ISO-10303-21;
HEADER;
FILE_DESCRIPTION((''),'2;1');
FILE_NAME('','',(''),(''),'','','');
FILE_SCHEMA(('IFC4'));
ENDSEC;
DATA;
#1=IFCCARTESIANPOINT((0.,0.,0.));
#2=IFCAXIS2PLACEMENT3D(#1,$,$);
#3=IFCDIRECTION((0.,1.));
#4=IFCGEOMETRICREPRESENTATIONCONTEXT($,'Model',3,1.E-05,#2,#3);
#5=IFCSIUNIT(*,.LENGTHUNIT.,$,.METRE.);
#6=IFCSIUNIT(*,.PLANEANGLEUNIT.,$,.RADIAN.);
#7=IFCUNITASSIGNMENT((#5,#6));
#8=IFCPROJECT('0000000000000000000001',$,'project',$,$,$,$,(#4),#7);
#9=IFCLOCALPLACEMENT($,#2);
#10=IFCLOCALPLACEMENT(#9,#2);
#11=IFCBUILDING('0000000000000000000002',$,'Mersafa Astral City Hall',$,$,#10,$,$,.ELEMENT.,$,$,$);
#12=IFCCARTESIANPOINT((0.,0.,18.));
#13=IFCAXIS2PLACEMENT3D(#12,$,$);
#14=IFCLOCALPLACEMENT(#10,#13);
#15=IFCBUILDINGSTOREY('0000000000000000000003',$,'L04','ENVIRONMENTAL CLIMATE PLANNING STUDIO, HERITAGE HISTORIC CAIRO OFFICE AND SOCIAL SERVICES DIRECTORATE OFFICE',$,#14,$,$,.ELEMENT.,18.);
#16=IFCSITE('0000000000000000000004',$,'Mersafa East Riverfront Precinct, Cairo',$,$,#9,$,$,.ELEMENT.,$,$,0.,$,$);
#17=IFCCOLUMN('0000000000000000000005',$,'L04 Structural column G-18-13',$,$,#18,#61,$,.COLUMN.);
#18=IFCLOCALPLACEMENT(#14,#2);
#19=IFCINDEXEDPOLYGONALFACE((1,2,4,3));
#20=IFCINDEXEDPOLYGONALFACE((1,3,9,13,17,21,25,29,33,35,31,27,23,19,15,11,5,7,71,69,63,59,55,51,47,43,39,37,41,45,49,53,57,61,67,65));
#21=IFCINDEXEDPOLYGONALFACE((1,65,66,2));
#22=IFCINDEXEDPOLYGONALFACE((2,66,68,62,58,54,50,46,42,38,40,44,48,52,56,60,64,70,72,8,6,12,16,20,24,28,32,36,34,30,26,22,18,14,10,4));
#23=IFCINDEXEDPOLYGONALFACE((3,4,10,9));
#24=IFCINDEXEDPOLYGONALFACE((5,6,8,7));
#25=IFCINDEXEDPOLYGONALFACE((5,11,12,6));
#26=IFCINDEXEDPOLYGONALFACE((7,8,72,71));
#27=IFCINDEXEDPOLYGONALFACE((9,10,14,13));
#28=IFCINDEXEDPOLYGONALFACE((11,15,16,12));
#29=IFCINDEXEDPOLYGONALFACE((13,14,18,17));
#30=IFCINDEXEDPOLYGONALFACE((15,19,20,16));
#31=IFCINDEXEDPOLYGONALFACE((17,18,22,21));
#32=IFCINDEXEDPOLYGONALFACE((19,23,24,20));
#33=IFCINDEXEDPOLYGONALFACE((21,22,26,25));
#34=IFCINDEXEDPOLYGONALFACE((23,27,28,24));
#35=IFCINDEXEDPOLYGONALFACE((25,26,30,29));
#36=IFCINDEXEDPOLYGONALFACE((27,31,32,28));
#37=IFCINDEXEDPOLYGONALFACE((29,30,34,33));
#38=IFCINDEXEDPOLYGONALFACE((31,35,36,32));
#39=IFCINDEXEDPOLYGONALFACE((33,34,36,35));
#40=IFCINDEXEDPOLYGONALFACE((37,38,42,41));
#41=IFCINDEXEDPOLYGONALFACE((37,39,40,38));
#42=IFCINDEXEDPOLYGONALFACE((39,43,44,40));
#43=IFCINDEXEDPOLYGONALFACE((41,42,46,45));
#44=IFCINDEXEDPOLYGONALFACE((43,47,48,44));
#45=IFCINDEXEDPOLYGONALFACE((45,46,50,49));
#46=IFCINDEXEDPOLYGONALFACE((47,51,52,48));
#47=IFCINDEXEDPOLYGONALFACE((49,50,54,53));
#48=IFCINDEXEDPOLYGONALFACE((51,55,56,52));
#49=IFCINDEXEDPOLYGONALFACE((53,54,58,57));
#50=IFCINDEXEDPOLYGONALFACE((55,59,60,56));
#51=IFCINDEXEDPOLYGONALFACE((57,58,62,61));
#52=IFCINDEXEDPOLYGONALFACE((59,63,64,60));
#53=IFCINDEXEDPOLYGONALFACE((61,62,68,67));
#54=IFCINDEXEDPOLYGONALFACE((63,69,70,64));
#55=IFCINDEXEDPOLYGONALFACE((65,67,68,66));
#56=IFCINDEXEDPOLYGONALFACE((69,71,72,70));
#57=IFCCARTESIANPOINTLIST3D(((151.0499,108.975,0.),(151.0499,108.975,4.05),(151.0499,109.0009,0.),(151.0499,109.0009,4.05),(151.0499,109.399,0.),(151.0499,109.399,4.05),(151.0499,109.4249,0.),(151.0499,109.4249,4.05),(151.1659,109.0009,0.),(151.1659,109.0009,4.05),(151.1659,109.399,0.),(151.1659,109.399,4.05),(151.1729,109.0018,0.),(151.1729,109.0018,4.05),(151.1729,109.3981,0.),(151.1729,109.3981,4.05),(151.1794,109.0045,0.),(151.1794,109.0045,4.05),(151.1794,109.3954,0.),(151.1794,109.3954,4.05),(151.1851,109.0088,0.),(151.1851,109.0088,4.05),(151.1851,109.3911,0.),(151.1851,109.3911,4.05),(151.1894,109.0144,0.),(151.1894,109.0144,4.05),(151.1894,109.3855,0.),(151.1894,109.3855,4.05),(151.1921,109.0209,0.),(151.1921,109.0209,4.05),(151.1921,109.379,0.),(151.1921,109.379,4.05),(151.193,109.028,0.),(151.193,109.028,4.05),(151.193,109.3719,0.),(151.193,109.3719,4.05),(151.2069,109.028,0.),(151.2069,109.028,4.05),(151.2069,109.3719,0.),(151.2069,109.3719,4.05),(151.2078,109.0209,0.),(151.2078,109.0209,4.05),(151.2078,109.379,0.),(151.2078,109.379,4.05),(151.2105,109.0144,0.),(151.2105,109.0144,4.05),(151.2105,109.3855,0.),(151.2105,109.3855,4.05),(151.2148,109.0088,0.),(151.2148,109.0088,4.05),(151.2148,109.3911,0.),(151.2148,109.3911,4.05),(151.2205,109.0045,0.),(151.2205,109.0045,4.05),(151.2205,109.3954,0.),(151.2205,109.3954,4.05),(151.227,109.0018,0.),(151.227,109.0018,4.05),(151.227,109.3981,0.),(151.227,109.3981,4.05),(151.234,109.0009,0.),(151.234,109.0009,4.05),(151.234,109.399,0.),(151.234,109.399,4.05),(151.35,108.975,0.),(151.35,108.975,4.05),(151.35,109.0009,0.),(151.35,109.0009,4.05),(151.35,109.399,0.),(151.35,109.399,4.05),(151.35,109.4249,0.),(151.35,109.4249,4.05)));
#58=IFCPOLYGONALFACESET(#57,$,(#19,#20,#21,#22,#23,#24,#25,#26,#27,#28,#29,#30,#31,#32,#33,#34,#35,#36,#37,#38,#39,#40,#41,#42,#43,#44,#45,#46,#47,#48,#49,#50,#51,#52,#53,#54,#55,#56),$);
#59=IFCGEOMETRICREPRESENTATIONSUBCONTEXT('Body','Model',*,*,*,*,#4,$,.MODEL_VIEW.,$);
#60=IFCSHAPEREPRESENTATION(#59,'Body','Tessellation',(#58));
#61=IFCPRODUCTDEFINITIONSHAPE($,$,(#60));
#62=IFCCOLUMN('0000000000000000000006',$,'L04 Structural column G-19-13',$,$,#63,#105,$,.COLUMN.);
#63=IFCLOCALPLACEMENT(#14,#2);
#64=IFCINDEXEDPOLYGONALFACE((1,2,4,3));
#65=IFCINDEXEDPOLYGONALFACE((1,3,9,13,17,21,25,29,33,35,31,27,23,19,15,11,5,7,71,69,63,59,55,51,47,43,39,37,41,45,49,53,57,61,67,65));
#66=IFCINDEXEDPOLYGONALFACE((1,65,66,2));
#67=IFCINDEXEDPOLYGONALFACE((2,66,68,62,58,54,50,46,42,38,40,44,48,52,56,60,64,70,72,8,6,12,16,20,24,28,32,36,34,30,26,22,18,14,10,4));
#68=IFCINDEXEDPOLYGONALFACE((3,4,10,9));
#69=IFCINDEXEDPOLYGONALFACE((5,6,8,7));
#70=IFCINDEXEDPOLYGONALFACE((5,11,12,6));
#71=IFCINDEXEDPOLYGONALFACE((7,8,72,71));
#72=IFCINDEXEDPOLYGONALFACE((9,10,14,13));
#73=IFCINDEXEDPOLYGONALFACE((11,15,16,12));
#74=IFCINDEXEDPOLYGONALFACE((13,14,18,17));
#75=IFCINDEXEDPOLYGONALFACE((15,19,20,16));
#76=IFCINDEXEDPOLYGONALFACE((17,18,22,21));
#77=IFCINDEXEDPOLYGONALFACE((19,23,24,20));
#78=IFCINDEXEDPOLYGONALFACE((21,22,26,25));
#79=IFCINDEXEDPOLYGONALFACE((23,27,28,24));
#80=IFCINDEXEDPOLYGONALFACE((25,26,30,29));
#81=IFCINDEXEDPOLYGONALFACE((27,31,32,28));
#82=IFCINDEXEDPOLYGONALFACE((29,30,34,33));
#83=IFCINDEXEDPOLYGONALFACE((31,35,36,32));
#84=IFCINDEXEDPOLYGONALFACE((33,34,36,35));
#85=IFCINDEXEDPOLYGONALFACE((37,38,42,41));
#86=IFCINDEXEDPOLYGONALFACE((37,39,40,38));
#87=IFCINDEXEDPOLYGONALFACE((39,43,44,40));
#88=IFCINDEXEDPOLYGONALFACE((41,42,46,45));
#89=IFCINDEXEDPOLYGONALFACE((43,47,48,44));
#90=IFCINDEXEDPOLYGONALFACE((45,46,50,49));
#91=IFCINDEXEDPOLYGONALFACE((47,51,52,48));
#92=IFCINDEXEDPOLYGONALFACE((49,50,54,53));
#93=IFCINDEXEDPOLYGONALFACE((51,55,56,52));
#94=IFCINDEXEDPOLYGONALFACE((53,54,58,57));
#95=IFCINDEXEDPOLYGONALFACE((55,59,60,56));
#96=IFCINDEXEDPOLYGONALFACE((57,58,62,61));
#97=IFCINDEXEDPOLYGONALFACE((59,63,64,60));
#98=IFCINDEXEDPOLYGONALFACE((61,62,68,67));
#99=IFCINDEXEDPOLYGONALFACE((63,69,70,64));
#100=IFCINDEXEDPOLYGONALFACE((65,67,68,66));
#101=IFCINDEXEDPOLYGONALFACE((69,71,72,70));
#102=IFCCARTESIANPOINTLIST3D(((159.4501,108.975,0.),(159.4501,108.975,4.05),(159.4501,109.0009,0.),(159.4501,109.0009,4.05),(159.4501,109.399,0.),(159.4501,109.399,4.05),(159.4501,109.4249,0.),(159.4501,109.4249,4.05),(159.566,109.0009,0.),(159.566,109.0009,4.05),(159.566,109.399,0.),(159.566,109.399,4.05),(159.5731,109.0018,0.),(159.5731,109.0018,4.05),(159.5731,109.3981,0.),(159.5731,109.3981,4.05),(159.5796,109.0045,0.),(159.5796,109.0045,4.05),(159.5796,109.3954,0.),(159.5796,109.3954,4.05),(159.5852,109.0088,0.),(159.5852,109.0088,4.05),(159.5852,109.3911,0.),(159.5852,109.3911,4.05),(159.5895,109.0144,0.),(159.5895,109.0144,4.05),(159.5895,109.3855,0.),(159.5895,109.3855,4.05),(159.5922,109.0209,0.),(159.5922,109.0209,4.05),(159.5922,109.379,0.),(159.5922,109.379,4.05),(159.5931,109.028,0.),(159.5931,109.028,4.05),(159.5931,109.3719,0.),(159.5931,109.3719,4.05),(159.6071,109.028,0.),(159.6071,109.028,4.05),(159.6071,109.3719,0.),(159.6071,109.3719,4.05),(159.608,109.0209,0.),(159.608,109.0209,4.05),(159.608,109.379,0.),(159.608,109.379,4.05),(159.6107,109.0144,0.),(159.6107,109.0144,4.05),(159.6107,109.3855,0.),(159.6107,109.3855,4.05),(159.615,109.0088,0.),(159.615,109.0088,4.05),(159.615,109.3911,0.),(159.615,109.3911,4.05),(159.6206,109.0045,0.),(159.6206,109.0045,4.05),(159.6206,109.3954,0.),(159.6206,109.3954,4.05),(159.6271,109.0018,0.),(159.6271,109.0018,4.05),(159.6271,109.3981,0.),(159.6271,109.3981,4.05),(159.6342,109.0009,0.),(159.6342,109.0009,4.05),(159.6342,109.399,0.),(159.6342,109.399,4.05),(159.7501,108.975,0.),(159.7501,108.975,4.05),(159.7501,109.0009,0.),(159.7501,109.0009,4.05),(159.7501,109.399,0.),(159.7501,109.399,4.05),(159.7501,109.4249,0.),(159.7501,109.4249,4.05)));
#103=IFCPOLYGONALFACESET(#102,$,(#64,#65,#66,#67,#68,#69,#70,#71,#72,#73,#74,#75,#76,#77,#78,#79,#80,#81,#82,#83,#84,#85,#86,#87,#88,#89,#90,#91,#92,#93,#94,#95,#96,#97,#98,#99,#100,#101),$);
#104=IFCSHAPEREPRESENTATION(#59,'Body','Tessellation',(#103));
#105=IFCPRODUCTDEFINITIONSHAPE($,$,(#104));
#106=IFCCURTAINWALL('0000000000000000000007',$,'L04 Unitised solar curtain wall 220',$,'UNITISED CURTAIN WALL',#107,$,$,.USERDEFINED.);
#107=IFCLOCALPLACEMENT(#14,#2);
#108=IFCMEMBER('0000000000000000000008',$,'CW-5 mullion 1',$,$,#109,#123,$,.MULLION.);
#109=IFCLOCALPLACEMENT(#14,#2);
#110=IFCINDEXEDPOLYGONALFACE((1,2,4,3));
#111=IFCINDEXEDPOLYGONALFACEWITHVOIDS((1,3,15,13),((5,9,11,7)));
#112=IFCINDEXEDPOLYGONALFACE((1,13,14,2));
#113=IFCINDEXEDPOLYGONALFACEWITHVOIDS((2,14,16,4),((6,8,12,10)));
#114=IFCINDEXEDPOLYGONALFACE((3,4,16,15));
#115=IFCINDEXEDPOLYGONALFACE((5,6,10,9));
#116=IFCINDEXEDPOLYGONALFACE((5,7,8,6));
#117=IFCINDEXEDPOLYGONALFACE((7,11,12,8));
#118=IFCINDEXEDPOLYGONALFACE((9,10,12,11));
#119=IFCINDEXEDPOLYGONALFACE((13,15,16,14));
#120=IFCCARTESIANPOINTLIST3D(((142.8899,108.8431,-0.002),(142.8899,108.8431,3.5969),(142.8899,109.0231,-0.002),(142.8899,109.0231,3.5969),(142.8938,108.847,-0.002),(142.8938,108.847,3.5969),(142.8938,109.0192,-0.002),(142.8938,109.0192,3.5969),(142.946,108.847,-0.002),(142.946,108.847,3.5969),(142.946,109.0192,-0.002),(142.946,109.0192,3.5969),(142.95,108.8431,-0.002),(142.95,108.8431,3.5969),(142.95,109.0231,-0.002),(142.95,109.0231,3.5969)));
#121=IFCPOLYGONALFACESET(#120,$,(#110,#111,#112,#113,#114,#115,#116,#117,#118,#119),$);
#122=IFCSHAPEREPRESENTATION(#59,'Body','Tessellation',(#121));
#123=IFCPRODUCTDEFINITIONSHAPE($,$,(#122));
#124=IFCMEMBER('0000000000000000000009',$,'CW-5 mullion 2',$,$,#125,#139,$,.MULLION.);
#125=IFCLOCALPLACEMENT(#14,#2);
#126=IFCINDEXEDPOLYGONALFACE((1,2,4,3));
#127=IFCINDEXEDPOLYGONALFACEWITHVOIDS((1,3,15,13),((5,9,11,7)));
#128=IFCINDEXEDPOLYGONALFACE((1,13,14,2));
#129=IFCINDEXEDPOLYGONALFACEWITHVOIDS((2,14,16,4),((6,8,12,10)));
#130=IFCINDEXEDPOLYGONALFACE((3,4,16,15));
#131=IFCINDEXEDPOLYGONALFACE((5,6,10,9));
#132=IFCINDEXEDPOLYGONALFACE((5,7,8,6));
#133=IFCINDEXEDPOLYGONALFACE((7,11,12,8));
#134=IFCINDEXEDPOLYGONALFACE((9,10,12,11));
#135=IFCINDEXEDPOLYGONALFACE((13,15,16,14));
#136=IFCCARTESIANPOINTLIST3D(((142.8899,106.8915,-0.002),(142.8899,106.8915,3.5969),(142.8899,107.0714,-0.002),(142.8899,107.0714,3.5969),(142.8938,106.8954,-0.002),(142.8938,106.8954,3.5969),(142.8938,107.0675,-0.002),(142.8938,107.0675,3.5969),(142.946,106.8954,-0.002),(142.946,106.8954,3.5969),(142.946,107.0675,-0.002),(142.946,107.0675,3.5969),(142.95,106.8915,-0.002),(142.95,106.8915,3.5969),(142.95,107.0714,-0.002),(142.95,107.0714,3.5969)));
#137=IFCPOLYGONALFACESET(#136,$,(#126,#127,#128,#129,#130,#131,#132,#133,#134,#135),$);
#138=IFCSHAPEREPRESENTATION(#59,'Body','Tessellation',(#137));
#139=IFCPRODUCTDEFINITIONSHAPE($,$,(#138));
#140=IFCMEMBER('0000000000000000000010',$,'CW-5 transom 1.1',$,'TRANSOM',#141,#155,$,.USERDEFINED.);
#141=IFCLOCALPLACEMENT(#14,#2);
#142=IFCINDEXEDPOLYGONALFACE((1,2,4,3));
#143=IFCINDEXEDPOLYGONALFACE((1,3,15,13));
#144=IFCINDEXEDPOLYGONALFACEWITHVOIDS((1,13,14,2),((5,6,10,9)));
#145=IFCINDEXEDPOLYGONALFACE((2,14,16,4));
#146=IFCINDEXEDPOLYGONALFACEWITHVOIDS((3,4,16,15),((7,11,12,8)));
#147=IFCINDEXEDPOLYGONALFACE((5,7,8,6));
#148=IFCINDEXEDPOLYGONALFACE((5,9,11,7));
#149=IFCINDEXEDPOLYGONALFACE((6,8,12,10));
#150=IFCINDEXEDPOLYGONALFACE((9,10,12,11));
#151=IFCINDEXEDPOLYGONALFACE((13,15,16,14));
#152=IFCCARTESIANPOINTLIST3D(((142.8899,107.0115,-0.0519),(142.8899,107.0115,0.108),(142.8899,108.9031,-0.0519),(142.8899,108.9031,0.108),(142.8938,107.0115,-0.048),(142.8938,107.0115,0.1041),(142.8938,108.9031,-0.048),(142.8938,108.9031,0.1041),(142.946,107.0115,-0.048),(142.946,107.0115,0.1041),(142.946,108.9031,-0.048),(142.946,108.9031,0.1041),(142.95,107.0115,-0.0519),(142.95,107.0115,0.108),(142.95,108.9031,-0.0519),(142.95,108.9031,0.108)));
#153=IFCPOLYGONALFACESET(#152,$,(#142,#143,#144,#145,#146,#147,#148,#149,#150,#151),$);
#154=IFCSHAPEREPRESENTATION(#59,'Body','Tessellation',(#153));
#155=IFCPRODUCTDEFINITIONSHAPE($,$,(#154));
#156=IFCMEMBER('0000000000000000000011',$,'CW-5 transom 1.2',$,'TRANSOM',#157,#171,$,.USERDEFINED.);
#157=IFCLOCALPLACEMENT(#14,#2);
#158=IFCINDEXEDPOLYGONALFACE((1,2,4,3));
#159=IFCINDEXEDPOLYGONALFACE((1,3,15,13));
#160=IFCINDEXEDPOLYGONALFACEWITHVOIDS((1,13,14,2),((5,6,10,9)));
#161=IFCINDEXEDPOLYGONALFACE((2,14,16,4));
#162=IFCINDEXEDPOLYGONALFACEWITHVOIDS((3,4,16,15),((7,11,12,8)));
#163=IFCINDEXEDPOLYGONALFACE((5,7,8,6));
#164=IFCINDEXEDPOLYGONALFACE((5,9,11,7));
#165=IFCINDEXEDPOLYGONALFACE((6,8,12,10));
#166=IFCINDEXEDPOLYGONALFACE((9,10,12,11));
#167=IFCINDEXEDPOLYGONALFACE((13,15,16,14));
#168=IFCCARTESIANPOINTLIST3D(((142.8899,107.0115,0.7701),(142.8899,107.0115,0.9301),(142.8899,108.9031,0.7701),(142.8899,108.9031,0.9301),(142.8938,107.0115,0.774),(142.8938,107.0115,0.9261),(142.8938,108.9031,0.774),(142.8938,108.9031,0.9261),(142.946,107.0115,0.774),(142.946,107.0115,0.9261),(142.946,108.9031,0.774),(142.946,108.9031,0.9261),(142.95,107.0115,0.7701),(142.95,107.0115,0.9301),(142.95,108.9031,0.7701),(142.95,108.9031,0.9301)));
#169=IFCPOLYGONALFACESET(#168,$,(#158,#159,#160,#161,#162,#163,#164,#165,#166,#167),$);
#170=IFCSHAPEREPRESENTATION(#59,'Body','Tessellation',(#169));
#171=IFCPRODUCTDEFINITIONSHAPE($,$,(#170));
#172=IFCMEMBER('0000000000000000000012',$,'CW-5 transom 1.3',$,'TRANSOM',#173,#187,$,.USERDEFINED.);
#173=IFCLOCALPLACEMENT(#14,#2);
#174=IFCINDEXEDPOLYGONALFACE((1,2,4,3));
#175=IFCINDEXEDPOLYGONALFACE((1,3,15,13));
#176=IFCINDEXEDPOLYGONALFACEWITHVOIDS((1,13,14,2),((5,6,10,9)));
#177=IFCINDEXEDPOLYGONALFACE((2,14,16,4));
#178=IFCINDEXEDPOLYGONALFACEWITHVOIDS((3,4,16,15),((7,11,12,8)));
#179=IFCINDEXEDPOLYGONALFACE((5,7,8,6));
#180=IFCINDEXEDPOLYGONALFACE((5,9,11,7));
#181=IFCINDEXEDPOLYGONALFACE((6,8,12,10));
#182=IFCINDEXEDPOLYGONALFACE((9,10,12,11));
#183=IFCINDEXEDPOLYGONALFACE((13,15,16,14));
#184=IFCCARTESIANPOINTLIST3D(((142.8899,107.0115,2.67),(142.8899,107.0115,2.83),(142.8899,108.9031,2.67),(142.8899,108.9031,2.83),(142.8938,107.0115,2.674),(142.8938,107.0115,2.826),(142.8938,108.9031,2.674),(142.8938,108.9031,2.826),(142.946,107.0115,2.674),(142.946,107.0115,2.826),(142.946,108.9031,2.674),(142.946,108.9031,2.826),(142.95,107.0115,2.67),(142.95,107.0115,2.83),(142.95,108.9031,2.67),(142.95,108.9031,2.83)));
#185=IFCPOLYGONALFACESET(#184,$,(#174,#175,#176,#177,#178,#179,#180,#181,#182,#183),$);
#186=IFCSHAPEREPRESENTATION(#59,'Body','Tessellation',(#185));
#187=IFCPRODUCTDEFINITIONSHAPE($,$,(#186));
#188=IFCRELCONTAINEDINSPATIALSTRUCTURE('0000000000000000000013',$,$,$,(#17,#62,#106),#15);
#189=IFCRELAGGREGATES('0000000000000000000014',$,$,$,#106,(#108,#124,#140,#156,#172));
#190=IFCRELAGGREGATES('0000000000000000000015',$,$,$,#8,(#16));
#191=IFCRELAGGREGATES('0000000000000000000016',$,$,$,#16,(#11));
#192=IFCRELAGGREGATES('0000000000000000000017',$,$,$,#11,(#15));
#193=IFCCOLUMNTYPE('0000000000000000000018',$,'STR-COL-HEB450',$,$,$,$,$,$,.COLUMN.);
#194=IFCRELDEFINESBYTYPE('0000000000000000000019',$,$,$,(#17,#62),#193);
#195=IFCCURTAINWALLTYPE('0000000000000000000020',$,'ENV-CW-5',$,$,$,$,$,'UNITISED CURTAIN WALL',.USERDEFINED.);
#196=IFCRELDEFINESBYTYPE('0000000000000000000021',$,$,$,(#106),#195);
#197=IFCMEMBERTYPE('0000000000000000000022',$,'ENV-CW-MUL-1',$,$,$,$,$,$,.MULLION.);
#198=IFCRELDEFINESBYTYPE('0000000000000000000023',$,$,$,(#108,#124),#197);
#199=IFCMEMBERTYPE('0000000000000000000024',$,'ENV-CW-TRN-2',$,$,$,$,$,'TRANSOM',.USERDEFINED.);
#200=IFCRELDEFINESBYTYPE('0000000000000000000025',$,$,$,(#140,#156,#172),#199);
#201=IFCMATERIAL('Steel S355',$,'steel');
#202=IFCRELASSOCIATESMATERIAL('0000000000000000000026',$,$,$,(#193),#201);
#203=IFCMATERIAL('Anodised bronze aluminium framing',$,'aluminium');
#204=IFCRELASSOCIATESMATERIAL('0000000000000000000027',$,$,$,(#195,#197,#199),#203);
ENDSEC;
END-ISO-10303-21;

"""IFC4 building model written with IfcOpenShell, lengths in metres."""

from ifc_helpers import new_model, si_unit, direction, frame, origin, origin_2d, place, context, subcontext, project, spatial, hollow_rectangle, i_section, extrude, material, material_profile, profile_set, type_object, element, aggregate, save


model = new_model("IFC4")

# Units and contexts
model_context = context("Model", 3, precision=1e-05, world=origin(), true_north=direction((0.0, 1.0)))
body_context = subcontext(model_context, "Body", "Model", "MODEL_VIEW")
ifc_project = project(units=[si_unit("LENGTHUNIT", "METRE"), si_unit("PLANEANGLEUNIT", "RADIAN")], contexts=[model_context])

# Site, building, storey
site_placement = place(None, origin())
site = spatial("IfcSite", under=ifc_project, at=site_placement, Name="Mersafa East Riverfront Precinct, Cairo", CompositionType="ELEMENT", RefElevation=0.0)
building_placement = place(site_placement, origin())
building = spatial("IfcBuilding", under=site, at=building_placement, Name="Mersafa Astral City Hall", CompositionType="ELEMENT")
storey_placement = place(building_placement, frame((0.0, 0.0, 18.0)))
storey = spatial("IfcBuildingStorey", under=building, at=storey_placement, Name="L04", Description="ENVIRONMENTAL CLIMATE PLANNING STUDIO, HERITAGE HISTORIC CAIRO OFFICE AND SOCIAL SERVICES DIRECTORATE OFFICE", CompositionType="ELEMENT", Elevation=18.0)

# Columns
ifc_material_1 = material(Name="Steel S355", Category="steel")
ifc_material_profile_1 = material_profile(ifc_material_1, i_section(OverallWidth=0.3, OverallDepth=0.45, WebThickness=0.0139, FlangeThickness=0.0259, FilletRadius=0.0271, at=origin_2d()), Name="HEB 450")
ifc_profile_set_1 = profile_set([ifc_material_profile_1], Name="Steel S355")
column_type = type_object("IfcColumnType", Name="STR-COL-HEB450", PredefinedType="COLUMN", material=ifc_profile_set_1)
for number, where, z_axis, x_axis, name in (
    (1, (151.2, 109.2, 0.0), (0.0, 0.0, 1.0), (1.0, 0.0, 0.0), "L04 Structural column G-18-13"),
    (2, (159.6001, 109.2, 0.0), (0.0, 0.0, 1.0), (1.0, 0.0, 0.0), "L04 Structural column G-19-13"),
):
    element("IfcColumn", number, at=place(storey_placement, frame(where, z_axis=z_axis, x_axis=x_axis)), inside=storey, type_object=column_type, Name=name, PredefinedType="COLUMN", context=body_context, shape_type="SweptSolid", body=[
        extrude(i_section(OverallWidth=0.3, OverallDepth=0.45, WebThickness=0.0139, FlangeThickness=0.0259, FilletRadius=0.0271, at=origin_2d()), origin(), (0.0, 0.0, 1.0), 4.05),
    ])

# Curtain wall, members
ifc_material_2 = material(Name="Anodised bronze aluminium framing", Category="aluminium")
curtain_wall_type = type_object("IfcCurtainWallType", Name="ENV-CW-5", ElementType="UNITISED CURTAIN WALL", PredefinedType="USERDEFINED", material=ifc_material_2)
curtain_wall_placement = place(storey_placement, origin())
curtain_wall = element("IfcCurtainWall", 3, at=curtain_wall_placement, inside=storey, type_object=curtain_wall_type, Name="L04 Unitised solar curtain wall 220", ObjectType="UNITISED CURTAIN WALL", PredefinedType="USERDEFINED")
ifc_material_profile_2 = material_profile(ifc_material_2, hollow_rectangle(XDim=0.0601, YDim=0.1799, WallThickness=0.0039, at=origin_2d()), Name="RHS 60x180x4")
ifc_profile_set_2 = profile_set([ifc_material_profile_2], Name="Anodised bronze aluminium framing")
member_type_1 = type_object("IfcMemberType", Name="ENV-CW-MUL-1", PredefinedType="MULLION", material=ifc_profile_set_2)
member_1_placement = place(storey_placement, frame((142.9199, 108.9331, -0.002), z_axis=(0.0, 0.0, 1.0), x_axis=(1.0, 0.0, 0.0)))
member_1 = element("IfcMember", 4, at=member_1_placement, type_object=member_type_1, Name="CW-5 mullion 1", PredefinedType="MULLION", context=body_context, shape_type="SweptSolid", body=[
    extrude(hollow_rectangle(XDim=0.0601, YDim=0.1799, WallThickness=0.0039, at=origin_2d()), origin(), (0.0, 0.0, 1.0), 3.5989),
])
member_2_placement = place(storey_placement, frame((142.9199, 106.9814, -0.002), z_axis=(0.0, 0.0, 1.0), x_axis=(1.0, 0.0, 0.0)))
member_2 = element("IfcMember", 5, at=member_2_placement, type_object=member_type_1, Name="CW-5 mullion 2", PredefinedType="MULLION", context=body_context, shape_type="SweptSolid", body=[
    extrude(hollow_rectangle(XDim=0.0601, YDim=0.1799, WallThickness=0.0039, at=origin_2d()), origin(), (0.0, 0.0, 1.0), 3.5989),
])
ifc_material_profile_3 = material_profile(ifc_material_2, hollow_rectangle(XDim=0.0601, YDim=0.1599, WallThickness=0.0039, at=origin_2d()), Name="RHS 60x160x4")
ifc_profile_set_3 = profile_set([ifc_material_profile_3], Name="Anodised bronze aluminium framing")
member_type_2 = type_object("IfcMemberType", Name="ENV-CW-TRN-2", ElementType="TRANSOM", PredefinedType="USERDEFINED", material=ifc_profile_set_3)
member_3_placement = place(storey_placement, frame((142.9199, 108.9031, 0.0281), z_axis=(0.0, -1.0, 0.0), x_axis=(1.0, 0.0, 0.0)))
member_3 = element("IfcMember", 6, at=member_3_placement, type_object=member_type_2, Name="CW-5 transom 1.1", ObjectType="TRANSOM", PredefinedType="USERDEFINED", context=body_context, shape_type="SweptSolid", body=[
    extrude(hollow_rectangle(XDim=0.0601, YDim=0.1599, WallThickness=0.0039, at=origin_2d()), origin(), (0.0, 0.0, 1.0), 1.8916),
])
member_4_placement = place(storey_placement, frame((142.9199, 108.9031, 0.8501), z_axis=(0.0, -1.0, 0.0), x_axis=(1.0, 0.0, 0.0)))
member_4 = element("IfcMember", 7, at=member_4_placement, type_object=member_type_2, Name="CW-5 transom 1.2", ObjectType="TRANSOM", PredefinedType="USERDEFINED", context=body_context, shape_type="SweptSolid", body=[
    extrude(hollow_rectangle(XDim=0.0601, YDim=0.1599, WallThickness=0.0039, at=origin_2d()), origin(), (0.0, 0.0, 1.0), 1.8916),
])
member_5_placement = place(storey_placement, frame((142.9199, 108.9031, 2.75), z_axis=(0.0, -1.0, 0.0), x_axis=(1.0, 0.0, 0.0)))
member_5 = element("IfcMember", 8, at=member_5_placement, type_object=member_type_2, Name="CW-5 transom 1.3", ObjectType="TRANSOM", PredefinedType="USERDEFINED", context=body_context, shape_type="SweptSolid", body=[
    extrude(hollow_rectangle(XDim=0.0601, YDim=0.1599, WallThickness=0.0039, at=origin_2d()), origin(), (0.0, 0.0, 1.0), 1.8916),
])

aggregate(curtain_wall, [member_1, member_2, member_3, member_4, member_5])

save(model, "model.ifc")
